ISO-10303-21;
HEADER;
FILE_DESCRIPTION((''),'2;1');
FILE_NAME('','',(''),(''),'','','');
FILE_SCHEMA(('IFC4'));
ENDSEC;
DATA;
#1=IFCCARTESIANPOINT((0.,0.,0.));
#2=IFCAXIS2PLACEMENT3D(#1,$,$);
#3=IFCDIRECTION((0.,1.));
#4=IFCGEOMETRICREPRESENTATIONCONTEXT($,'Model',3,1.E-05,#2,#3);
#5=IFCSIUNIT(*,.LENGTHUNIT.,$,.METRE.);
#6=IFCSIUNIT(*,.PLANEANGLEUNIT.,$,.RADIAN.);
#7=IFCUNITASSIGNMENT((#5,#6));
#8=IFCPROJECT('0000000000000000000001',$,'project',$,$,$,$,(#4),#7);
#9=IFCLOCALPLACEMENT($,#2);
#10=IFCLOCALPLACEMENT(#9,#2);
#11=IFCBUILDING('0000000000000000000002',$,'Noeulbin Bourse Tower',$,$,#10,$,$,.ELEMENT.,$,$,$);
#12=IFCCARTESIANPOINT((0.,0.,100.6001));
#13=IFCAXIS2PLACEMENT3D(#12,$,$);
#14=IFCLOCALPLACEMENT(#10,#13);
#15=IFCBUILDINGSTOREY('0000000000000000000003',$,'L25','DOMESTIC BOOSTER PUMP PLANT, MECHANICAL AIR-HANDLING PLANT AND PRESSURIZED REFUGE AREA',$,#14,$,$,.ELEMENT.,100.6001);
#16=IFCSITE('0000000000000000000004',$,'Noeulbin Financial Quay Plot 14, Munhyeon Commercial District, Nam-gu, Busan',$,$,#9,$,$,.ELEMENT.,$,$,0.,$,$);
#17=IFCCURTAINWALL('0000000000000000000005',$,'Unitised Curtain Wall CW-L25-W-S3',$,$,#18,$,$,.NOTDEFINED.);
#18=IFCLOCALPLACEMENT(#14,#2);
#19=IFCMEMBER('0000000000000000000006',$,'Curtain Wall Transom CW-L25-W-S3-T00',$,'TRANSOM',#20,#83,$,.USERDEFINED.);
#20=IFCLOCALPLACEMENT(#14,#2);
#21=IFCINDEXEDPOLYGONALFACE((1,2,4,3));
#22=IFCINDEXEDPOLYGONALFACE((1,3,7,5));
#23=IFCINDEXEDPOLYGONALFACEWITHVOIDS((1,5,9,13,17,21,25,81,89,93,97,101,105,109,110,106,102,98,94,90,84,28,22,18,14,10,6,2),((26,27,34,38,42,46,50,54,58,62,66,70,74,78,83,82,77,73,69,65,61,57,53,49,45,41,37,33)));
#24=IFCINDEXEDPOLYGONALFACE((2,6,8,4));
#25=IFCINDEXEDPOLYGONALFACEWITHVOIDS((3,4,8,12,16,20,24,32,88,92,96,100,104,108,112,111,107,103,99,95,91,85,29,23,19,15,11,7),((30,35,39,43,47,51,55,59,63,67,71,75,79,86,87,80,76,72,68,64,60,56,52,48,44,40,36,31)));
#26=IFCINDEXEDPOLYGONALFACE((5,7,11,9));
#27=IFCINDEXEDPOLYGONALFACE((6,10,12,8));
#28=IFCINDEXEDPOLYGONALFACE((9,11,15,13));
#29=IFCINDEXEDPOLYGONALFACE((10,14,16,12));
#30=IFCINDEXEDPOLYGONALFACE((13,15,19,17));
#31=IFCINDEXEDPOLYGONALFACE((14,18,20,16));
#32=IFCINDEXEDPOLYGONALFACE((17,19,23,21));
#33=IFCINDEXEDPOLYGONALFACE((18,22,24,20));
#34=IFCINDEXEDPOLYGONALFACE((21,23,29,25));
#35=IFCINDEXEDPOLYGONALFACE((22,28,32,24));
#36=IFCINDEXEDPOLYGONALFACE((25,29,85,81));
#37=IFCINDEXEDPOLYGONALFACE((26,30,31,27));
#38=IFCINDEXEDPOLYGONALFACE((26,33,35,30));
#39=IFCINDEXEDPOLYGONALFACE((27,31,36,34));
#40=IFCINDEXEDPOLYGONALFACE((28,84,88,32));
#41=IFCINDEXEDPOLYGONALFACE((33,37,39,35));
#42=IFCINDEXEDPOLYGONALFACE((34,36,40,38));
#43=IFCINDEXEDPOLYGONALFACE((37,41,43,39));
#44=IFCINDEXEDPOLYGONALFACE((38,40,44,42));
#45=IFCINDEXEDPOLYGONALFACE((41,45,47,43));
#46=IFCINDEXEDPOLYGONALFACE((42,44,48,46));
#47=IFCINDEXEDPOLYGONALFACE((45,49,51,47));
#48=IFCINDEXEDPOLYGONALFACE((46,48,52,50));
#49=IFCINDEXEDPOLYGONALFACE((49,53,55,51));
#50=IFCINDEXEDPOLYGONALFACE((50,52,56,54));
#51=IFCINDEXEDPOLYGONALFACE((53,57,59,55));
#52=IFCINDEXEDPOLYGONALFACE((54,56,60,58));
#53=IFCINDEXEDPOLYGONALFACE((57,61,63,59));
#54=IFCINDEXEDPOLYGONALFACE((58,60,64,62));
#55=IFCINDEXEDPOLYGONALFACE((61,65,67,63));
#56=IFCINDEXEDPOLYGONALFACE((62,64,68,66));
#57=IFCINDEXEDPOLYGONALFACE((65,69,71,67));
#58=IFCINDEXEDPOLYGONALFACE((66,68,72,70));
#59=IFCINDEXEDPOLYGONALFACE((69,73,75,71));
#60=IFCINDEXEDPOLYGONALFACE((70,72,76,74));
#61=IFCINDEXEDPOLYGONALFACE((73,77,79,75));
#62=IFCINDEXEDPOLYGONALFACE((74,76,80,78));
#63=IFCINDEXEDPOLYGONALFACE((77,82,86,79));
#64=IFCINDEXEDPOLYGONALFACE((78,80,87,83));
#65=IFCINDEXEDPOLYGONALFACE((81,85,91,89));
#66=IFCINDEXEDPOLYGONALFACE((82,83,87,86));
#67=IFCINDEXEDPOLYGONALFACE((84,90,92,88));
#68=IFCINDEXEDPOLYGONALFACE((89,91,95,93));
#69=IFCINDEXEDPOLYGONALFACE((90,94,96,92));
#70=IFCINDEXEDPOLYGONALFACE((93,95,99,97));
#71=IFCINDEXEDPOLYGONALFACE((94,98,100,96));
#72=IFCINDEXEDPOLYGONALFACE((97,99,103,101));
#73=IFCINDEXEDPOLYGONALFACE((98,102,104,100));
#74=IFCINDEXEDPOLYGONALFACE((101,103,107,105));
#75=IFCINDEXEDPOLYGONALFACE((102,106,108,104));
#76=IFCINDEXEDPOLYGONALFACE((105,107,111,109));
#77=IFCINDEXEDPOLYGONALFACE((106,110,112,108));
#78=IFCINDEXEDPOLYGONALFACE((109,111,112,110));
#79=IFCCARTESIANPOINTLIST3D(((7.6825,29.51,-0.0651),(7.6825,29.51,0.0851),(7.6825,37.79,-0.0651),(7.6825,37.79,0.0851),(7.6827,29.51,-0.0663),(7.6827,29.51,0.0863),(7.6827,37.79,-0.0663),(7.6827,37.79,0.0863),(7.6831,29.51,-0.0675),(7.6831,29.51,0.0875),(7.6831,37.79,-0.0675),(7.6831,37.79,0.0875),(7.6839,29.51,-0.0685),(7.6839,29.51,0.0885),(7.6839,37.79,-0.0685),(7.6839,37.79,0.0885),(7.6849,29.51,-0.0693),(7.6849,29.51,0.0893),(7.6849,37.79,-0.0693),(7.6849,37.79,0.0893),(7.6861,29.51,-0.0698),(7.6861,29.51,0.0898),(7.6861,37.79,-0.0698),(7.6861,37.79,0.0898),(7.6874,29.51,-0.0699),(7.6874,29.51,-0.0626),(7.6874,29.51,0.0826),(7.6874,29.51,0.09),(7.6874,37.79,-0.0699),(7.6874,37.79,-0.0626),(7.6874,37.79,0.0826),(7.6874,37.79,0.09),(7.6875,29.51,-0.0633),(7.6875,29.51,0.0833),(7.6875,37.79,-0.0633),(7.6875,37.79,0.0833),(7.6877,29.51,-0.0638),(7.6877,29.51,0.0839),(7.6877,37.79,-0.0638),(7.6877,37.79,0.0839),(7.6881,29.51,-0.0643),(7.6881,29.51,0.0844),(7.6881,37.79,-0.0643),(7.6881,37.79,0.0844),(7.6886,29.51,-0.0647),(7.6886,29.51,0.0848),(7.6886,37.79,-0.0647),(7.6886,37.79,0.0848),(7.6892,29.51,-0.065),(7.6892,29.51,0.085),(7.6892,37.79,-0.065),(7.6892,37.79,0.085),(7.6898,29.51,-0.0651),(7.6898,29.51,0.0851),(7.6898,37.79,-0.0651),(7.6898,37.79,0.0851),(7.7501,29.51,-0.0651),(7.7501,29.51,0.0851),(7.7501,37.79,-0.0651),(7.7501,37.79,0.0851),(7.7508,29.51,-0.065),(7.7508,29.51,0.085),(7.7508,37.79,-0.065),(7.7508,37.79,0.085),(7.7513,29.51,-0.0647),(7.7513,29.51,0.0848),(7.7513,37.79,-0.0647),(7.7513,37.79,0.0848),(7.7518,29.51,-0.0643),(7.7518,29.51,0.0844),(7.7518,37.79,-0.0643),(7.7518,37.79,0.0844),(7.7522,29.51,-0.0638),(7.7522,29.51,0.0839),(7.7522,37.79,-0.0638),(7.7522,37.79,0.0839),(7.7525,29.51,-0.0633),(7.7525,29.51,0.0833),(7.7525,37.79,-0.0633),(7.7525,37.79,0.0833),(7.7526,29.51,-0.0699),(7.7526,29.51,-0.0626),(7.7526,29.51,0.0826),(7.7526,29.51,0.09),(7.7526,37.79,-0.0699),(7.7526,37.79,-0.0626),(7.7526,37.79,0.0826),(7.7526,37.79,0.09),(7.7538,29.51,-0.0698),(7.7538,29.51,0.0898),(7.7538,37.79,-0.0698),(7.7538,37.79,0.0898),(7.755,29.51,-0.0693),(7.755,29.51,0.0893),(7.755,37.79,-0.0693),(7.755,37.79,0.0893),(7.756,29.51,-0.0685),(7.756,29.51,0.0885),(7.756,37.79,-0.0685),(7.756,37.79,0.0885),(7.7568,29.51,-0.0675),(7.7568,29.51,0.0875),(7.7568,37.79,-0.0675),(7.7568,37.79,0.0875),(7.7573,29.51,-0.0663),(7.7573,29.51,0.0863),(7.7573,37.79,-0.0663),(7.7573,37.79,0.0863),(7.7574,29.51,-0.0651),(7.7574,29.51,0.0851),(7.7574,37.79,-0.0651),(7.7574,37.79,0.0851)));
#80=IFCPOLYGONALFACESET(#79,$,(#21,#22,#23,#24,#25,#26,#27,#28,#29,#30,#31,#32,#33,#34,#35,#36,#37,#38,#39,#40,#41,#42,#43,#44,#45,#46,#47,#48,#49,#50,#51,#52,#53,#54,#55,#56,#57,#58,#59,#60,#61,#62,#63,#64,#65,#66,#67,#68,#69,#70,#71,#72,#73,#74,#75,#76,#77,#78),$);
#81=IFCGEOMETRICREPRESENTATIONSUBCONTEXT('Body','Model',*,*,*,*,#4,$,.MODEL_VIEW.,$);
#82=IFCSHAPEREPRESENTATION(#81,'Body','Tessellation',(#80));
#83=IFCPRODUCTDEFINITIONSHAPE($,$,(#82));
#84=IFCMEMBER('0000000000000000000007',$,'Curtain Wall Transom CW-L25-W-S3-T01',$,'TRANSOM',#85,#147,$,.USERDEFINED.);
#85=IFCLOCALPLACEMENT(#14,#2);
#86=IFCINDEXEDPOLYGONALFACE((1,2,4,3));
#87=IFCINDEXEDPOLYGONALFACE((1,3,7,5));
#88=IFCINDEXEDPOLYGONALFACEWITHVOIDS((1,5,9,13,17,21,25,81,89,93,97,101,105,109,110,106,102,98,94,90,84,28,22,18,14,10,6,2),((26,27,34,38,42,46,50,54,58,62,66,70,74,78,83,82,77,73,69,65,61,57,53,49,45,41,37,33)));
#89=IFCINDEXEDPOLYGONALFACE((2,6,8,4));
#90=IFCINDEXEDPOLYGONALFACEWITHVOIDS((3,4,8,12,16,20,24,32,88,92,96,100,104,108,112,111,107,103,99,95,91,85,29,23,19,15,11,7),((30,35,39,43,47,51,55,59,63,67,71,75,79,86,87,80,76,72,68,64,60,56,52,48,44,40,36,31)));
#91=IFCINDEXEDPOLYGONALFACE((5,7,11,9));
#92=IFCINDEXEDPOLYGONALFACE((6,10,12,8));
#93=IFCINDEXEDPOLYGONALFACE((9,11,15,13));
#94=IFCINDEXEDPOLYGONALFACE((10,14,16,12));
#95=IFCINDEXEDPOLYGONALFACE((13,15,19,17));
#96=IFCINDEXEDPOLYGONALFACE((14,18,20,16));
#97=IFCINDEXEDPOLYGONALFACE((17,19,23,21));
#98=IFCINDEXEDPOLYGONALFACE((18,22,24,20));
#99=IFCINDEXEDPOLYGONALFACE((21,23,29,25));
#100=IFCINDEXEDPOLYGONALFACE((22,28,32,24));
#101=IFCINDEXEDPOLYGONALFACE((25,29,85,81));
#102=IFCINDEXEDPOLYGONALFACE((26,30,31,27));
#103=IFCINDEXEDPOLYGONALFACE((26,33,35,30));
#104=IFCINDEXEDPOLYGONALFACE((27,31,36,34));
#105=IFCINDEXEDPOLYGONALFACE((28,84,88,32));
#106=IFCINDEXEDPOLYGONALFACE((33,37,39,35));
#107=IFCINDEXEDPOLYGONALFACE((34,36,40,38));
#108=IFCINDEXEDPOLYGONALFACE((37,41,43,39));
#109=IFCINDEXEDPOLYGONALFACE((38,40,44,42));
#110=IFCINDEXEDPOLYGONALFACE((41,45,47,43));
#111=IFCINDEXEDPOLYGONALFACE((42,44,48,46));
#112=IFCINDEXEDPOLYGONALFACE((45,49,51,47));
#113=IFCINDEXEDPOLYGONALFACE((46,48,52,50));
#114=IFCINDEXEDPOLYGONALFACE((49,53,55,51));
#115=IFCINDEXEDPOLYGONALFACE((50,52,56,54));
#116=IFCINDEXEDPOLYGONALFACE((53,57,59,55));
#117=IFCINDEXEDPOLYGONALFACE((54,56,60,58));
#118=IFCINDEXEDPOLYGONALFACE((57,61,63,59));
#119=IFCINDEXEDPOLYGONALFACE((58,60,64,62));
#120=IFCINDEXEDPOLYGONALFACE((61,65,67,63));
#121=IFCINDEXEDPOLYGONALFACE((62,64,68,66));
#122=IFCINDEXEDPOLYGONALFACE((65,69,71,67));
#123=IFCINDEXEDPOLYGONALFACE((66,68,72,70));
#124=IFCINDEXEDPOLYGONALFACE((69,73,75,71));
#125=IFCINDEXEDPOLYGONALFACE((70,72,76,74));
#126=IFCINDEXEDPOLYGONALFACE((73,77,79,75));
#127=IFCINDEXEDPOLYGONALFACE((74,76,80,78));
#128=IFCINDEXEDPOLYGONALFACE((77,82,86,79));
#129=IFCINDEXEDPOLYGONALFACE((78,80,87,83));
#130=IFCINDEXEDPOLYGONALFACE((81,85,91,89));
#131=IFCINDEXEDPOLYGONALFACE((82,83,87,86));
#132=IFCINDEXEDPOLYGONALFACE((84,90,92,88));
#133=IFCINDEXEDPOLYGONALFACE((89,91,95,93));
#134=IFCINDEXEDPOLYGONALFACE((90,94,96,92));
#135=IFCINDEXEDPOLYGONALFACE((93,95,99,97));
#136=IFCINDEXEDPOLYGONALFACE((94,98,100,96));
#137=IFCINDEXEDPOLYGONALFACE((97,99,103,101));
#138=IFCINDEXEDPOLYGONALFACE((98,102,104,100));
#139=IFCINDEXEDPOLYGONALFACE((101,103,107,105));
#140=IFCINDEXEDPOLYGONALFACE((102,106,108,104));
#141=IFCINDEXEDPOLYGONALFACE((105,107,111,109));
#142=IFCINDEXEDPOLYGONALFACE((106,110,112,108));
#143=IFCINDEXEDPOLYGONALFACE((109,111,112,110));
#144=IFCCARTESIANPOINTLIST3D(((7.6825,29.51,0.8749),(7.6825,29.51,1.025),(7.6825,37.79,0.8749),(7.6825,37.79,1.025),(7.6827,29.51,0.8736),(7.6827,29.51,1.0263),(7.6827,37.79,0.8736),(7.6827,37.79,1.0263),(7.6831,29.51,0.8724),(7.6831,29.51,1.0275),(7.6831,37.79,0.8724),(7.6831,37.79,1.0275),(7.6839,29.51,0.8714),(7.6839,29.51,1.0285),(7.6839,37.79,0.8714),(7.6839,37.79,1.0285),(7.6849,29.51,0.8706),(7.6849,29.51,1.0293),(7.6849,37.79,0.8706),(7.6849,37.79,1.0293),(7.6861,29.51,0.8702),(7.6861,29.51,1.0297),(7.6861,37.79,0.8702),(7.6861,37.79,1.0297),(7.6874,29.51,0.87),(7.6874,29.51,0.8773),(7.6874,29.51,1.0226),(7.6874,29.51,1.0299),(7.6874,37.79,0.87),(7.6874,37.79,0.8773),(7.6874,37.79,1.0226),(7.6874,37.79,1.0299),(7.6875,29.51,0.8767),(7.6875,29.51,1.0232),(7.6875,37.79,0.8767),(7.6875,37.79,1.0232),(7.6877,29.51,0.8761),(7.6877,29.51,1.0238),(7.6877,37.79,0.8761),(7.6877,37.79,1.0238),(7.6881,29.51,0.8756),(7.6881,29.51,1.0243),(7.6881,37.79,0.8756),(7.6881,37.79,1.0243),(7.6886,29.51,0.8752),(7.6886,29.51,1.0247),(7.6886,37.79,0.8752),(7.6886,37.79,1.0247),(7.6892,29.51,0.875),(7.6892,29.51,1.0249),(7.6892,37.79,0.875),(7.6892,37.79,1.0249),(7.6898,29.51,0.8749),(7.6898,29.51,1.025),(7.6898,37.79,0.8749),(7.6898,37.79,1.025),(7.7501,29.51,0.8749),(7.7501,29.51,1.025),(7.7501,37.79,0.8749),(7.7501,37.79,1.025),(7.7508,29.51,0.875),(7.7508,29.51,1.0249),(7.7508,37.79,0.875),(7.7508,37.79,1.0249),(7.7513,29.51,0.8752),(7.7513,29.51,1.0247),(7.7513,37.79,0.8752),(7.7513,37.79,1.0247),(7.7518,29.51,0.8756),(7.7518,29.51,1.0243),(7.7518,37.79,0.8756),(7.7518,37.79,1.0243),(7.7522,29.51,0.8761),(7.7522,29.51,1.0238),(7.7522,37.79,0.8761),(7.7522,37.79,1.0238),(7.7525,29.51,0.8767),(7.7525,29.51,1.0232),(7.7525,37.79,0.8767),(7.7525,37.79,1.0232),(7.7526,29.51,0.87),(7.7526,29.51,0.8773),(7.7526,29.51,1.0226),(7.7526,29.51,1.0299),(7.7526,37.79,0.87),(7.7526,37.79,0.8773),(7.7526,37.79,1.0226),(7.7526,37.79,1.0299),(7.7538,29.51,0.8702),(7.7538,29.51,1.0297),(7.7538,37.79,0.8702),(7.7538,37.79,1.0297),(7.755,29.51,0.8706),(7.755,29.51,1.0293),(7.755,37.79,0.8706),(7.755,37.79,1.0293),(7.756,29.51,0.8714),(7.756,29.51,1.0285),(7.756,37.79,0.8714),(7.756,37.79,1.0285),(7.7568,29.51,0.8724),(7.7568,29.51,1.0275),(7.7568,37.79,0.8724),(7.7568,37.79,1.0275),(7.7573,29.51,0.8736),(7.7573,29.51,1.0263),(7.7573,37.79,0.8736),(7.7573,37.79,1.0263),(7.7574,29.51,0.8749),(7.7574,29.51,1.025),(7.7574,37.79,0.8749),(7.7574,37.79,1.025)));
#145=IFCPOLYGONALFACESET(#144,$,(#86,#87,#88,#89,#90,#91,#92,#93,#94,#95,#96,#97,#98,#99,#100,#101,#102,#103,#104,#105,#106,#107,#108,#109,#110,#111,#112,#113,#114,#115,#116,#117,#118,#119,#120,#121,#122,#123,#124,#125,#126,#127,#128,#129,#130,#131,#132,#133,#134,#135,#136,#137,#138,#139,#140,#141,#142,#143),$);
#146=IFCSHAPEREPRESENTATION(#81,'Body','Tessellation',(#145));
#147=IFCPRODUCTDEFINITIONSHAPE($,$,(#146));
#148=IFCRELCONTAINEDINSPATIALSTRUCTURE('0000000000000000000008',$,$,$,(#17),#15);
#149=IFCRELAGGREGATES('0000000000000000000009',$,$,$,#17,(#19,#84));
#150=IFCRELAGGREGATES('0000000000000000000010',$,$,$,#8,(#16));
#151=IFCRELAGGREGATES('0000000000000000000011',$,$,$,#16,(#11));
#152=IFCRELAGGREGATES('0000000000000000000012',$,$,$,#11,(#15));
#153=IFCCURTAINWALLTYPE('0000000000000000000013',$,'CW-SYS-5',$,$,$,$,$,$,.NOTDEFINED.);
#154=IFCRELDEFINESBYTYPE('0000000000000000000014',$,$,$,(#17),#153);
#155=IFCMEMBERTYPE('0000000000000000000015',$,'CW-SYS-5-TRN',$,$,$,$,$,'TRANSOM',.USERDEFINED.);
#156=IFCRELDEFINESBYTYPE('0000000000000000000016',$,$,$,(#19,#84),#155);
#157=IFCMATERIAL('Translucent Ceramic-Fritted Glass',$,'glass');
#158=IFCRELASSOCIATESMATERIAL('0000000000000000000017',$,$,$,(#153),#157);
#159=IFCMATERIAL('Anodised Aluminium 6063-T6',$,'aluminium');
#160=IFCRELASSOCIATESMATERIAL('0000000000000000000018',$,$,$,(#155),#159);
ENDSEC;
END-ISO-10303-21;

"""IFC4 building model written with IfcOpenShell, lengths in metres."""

from ifc_helpers import new_model, si_unit, direction, frame, origin, origin_2d, place, context, subcontext, project, spatial, hollow_rectangle, extrude, material, material_profile, profile_set, type_object, element, aggregate, save


model = new_model("IFC4")

# Units and contexts
model_context = context("Model", 3, precision=1e-05, world=origin(), true_north=direction((0.0, 1.0)))
body_context = subcontext(model_context, "Body", "Model", "MODEL_VIEW")
ifc_project = project(units=[si_unit("LENGTHUNIT", "METRE"), si_unit("PLANEANGLEUNIT", "RADIAN")], contexts=[model_context])

# Site, building, storey
site_placement = place(None, origin())
site = spatial("IfcSite", under=ifc_project, at=site_placement, Name="Noeulbin Financial Quay Plot 14, Munhyeon Commercial District, Nam-gu, Busan", CompositionType="ELEMENT", RefElevation=0.0)
building_placement = place(site_placement, origin())
building = spatial("IfcBuilding", under=site, at=building_placement, Name="Noeulbin Bourse Tower", CompositionType="ELEMENT")
storey_placement = place(building_placement, frame((0.0, 0.0, 100.6001)))
storey = spatial("IfcBuildingStorey", under=building, at=storey_placement, Name="L25", Description="DOMESTIC BOOSTER PUMP PLANT, MECHANICAL AIR-HANDLING PLANT AND PRESSURIZED REFUGE AREA", CompositionType="ELEMENT", Elevation=100.6001)

# Curtain wall, members
ifc_material_1 = material(Name="Translucent Ceramic-Fritted Glass", Category="glass")
curtain_wall_type = type_object("IfcCurtainWallType", Name="CW-SYS-5", PredefinedType="NOTDEFINED", material=ifc_material_1)
curtain_wall_placement = place(storey_placement, origin())
curtain_wall = element("IfcCurtainWall", 1, at=curtain_wall_placement, inside=storey, type_object=curtain_wall_type, Name="Unitised Curtain Wall CW-L25-W-S3", PredefinedType="NOTDEFINED")
ifc_material_2 = material(Name="Anodised Aluminium 6063-T6", Category="aluminium")
ifc_material_profile_1 = material_profile(ifc_material_2, hollow_rectangle(XDim=0.075, YDim=0.1599, WallThickness=0.0049, InnerFilletRadius=0.0024, OuterFilletRadius=0.0049, at=origin_2d()), Name="ALU-TRAN-75x160x5", Category="LoadBearing")
ifc_profile_set_1 = profile_set([ifc_material_profile_1], Name="Anodised Aluminium 6063-T6")
member_type_1 = type_object("IfcMemberType", Name="CW-SYS-5-TRN", ElementType="TRANSOM", PredefinedType="USERDEFINED", material=ifc_profile_set_1)
member_1_placement = place(storey_placement, frame((7.72, 29.51, 0.01), z_axis=(0.0, 1.0, 0.0), x_axis=(-1.0, 0.0, 0.0)))
member_1 = element("IfcMember", 2, at=member_1_placement, type_object=member_type_1, Name="Curtain Wall Transom CW-L25-W-S3-T00", ObjectType="TRANSOM", PredefinedType="USERDEFINED", context=body_context, shape_type="SweptSolid", body=[
    extrude(hollow_rectangle(XDim=0.075, YDim=0.1599, WallThickness=0.0049, InnerFilletRadius=0.0024, OuterFilletRadius=0.0049, at=origin_2d()), origin(), (0.0, 0.0, 1.0), 8.28),
])
member_2_placement = place(storey_placement, frame((7.72, 29.51, 0.95), z_axis=(0.0, 1.0, 0.0), x_axis=(-1.0, 0.0, 0.0)))
member_2 = element("IfcMember", 3, at=member_2_placement, type_object=member_type_1, Name="Curtain Wall Transom CW-L25-W-S3-T01", ObjectType="TRANSOM", PredefinedType="USERDEFINED", context=body_context, shape_type="SweptSolid", body=[
    extrude(hollow_rectangle(XDim=0.075, YDim=0.1599, WallThickness=0.0049, InnerFilletRadius=0.0024, OuterFilletRadius=0.0049, at=origin_2d()), origin(), (0.0, 0.0, 1.0), 8.28),
])
aggregate(curtain_wall, [member_1, member_2])

save(model, "model.ifc")
